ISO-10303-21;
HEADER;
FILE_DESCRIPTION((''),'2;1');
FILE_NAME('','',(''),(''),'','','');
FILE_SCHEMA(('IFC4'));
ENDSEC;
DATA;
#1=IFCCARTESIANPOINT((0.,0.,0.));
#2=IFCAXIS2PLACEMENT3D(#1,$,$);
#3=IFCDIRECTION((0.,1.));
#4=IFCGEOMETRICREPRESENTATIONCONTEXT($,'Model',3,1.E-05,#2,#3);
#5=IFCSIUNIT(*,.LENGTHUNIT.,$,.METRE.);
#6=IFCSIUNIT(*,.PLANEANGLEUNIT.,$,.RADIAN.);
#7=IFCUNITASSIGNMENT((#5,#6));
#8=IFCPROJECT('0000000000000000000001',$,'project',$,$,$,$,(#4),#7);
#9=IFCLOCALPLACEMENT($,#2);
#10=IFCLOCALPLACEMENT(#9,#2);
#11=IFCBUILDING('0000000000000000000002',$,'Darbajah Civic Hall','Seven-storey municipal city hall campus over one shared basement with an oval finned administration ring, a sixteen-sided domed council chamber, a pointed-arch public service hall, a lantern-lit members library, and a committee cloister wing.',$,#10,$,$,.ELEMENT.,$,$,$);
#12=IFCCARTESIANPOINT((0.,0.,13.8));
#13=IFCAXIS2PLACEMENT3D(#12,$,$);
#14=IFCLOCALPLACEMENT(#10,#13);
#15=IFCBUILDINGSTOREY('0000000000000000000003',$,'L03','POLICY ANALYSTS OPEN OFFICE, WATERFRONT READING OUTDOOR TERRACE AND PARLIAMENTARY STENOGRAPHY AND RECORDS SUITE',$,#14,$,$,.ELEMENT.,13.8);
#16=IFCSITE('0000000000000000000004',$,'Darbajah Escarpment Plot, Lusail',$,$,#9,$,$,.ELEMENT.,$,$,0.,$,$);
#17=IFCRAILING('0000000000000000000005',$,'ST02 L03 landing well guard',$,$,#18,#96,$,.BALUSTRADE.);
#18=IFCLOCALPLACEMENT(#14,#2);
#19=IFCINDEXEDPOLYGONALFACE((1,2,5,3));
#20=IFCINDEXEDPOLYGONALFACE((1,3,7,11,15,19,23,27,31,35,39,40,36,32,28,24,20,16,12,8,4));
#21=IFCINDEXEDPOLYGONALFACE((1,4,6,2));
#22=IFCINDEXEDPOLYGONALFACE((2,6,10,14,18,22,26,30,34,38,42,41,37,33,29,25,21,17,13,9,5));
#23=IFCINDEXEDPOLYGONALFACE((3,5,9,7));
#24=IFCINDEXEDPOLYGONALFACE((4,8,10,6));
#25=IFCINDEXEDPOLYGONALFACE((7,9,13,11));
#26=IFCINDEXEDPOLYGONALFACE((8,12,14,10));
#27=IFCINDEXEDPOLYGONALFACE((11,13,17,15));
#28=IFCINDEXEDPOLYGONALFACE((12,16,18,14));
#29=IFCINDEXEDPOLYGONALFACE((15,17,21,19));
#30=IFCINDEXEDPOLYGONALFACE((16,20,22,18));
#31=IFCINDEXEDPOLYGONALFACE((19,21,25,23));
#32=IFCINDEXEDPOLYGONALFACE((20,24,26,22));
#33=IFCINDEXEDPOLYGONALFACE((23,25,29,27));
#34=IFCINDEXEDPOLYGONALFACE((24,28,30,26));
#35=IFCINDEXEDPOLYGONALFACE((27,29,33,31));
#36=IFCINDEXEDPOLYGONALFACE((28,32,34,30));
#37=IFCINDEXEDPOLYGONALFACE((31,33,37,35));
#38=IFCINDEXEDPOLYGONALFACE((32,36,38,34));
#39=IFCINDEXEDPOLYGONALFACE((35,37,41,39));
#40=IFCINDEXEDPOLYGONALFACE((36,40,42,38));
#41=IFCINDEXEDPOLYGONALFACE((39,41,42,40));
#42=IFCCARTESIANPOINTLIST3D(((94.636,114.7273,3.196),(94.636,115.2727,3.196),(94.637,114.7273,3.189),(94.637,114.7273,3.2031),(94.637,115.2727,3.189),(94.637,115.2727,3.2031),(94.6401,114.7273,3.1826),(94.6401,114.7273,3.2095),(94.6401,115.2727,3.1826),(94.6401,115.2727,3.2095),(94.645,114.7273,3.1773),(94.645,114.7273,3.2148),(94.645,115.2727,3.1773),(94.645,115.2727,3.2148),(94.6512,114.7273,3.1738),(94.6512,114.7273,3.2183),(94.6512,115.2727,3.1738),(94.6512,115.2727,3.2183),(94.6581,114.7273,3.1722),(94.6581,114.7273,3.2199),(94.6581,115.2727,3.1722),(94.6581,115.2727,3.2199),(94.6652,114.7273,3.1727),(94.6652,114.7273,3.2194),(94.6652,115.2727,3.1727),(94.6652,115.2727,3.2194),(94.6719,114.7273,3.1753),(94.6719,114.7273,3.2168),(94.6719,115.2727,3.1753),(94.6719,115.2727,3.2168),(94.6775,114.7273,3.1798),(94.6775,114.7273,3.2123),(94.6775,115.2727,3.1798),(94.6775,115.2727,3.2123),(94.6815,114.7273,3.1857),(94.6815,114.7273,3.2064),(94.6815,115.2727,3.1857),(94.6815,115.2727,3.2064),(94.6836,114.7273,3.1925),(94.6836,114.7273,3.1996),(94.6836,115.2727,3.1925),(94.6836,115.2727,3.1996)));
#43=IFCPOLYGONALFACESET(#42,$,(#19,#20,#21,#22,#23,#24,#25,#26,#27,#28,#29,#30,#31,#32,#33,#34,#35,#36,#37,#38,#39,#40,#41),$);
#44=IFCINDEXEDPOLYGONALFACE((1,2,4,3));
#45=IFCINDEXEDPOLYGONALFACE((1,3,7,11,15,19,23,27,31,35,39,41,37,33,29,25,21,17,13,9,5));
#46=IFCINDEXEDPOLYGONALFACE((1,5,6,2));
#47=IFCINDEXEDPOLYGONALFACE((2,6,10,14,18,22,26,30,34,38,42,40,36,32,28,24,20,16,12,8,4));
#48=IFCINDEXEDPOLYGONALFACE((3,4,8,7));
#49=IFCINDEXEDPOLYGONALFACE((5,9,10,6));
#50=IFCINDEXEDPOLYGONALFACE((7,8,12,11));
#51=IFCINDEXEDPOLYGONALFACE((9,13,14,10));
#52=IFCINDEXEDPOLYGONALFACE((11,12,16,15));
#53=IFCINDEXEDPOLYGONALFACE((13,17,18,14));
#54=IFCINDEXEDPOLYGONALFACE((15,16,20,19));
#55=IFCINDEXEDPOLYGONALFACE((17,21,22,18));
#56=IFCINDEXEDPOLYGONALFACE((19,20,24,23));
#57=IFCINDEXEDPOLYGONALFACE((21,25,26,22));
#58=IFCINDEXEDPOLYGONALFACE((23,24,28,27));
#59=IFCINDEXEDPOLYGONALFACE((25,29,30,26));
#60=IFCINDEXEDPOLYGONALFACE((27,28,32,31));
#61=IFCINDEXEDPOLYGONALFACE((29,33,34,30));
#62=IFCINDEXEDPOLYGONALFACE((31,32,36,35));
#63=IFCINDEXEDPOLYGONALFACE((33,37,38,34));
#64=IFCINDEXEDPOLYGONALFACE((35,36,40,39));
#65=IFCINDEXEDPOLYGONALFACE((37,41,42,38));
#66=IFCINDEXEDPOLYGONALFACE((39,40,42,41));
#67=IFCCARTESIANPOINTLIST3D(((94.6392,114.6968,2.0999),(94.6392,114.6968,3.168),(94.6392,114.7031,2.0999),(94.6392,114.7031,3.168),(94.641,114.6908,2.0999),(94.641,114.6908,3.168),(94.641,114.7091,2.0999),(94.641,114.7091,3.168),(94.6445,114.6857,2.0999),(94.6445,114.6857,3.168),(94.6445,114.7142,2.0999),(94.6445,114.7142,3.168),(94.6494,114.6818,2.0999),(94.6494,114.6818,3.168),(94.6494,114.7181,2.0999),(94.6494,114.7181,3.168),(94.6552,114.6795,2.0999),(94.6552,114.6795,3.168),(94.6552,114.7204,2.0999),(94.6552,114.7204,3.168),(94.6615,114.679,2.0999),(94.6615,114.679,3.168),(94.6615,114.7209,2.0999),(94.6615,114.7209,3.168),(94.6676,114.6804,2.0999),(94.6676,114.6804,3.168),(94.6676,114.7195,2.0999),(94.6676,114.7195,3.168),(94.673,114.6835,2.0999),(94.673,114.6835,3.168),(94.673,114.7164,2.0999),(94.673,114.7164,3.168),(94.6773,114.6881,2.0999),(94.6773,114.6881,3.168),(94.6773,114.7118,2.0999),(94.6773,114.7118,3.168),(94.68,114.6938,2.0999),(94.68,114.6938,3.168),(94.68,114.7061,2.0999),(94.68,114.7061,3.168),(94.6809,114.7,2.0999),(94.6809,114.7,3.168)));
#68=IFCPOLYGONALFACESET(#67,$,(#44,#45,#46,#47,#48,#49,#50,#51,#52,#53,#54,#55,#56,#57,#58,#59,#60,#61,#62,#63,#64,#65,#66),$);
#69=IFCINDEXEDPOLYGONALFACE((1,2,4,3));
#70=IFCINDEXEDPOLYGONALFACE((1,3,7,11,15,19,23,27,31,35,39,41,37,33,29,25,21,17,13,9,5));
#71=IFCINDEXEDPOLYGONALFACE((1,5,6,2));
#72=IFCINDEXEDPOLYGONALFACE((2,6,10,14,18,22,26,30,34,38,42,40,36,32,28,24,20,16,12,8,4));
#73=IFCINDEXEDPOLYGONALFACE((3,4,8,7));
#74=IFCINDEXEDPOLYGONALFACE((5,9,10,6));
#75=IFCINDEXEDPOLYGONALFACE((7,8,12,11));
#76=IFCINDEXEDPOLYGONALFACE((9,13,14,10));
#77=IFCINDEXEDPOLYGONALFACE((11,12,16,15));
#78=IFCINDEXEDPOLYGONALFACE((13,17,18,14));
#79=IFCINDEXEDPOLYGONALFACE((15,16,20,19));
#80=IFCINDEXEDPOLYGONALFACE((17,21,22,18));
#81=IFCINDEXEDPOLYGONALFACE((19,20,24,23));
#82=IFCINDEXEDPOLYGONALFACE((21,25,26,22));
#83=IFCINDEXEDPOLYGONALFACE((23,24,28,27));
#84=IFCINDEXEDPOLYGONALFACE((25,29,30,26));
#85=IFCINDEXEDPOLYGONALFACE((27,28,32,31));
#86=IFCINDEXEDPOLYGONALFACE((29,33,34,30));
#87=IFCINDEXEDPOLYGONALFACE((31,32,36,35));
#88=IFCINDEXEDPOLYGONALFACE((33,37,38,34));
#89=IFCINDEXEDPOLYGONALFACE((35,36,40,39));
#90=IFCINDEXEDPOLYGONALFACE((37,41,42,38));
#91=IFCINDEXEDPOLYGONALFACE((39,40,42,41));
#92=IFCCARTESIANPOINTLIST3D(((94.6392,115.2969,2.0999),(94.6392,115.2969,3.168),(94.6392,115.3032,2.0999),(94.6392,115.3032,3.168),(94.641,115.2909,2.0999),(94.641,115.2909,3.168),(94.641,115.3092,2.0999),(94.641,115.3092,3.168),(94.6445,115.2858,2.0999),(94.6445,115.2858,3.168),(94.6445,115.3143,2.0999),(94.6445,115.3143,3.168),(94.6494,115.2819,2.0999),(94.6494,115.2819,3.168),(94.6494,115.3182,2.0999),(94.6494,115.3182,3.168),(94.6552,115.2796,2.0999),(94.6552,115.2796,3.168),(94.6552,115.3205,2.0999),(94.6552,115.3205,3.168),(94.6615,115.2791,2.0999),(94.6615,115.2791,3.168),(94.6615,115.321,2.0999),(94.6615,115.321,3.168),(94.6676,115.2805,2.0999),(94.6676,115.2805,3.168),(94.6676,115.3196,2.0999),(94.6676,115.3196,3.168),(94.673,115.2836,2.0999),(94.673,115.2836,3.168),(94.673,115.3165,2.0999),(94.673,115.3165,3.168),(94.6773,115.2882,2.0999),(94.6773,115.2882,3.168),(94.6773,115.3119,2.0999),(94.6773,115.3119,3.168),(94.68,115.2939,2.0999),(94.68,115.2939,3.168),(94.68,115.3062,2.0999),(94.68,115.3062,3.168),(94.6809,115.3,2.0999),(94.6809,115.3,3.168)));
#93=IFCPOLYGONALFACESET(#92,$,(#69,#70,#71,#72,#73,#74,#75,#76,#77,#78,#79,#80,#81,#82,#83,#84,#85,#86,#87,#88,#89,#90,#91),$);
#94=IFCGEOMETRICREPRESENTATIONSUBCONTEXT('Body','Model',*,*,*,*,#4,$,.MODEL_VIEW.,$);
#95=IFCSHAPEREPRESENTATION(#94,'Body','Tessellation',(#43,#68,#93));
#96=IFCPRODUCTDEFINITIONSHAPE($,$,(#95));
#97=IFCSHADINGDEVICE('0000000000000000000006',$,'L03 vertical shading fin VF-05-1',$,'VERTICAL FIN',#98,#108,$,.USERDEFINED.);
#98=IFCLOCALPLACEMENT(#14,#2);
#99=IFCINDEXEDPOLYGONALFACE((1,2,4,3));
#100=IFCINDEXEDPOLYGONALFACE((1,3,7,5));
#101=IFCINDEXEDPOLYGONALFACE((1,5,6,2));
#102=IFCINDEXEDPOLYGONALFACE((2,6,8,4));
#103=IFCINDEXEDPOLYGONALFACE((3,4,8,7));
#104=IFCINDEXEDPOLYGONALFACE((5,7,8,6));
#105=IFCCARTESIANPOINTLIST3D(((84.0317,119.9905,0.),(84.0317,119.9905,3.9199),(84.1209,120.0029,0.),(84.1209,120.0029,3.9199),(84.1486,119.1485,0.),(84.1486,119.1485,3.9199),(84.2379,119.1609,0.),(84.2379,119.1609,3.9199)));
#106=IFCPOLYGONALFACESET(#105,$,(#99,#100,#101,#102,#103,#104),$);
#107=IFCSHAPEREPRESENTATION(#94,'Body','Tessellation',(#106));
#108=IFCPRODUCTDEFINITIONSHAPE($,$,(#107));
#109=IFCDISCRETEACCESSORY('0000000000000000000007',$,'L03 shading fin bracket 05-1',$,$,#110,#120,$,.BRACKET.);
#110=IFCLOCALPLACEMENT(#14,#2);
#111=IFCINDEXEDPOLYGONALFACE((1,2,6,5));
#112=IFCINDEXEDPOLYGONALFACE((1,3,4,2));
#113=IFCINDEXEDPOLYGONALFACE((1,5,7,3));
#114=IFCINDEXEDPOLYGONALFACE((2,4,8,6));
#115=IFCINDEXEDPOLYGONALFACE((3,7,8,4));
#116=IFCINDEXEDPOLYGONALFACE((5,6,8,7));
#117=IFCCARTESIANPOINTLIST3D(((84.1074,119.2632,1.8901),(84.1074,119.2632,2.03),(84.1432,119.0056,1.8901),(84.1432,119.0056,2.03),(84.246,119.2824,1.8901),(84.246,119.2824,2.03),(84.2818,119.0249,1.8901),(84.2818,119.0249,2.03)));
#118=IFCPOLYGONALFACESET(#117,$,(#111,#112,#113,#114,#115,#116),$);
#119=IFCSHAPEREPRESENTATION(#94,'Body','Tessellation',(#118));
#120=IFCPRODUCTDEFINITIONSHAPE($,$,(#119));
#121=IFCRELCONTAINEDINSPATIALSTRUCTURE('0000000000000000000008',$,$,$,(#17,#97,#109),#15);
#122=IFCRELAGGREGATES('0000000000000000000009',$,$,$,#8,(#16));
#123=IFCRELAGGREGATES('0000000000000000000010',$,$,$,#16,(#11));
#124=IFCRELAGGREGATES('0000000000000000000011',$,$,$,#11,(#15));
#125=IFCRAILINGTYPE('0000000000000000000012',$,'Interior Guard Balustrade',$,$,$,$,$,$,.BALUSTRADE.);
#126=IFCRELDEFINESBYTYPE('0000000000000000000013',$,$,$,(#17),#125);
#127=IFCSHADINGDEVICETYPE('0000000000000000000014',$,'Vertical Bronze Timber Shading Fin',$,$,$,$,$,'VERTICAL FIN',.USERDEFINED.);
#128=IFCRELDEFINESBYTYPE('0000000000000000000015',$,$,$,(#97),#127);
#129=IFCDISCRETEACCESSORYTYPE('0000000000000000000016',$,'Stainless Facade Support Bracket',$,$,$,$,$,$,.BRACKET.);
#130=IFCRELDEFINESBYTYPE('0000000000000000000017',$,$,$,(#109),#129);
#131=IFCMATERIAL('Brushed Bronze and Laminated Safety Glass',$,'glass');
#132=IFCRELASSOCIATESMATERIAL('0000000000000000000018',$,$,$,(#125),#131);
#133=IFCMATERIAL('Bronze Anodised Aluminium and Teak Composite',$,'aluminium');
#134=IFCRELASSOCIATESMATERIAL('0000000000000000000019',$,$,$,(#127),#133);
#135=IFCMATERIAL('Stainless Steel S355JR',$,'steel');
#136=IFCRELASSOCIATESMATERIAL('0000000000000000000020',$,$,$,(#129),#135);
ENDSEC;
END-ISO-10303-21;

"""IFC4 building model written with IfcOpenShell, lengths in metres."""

from ifc_helpers import new_model, si_unit, direction, frame, origin, origin_2d, place, context, subcontext, project, spatial, rectangle, circle, extrude, material, type_object, element, save


model = new_model("IFC4")

# Units and contexts
model_context = context("Model", 3, precision=1e-05, world=origin(), true_north=direction((0.0, 1.0)))
body_context = subcontext(model_context, "Body", "Model", "MODEL_VIEW")
ifc_project = project(units=[si_unit("LENGTHUNIT", "METRE"), si_unit("PLANEANGLEUNIT", "RADIAN")], contexts=[model_context])

# Site, building, storey
site_placement = place(None, origin())
site = spatial("IfcSite", under=ifc_project, at=site_placement, Name="Darbajah Escarpment Plot, Lusail", CompositionType="ELEMENT", RefElevation=0.0)
building_placement = place(site_placement, origin())
building = spatial("IfcBuilding", under=site, at=building_placement, Name="Darbajah Civic Hall", Description="Seven-storey municipal city hall campus over one shared basement with an oval finned administration ring, a sixteen-sided domed council chamber, a pointed-arch public service hall, a lantern-lit members library, and a committee cloister wing.", CompositionType="ELEMENT")
storey_placement = place(building_placement, frame((0.0, 0.0, 13.8)))
storey = spatial("IfcBuildingStorey", under=building, at=storey_placement, Name="L03", Description="POLICY ANALYSTS OPEN OFFICE, WATERFRONT READING OUTDOOR TERRACE AND PARLIAMENTARY STENOGRAPHY AND RECORDS SUITE", CompositionType="ELEMENT", Elevation=13.8)

# Railing
ifc_material_1 = material(Name="Brushed Bronze and Laminated Safety Glass", Category="glass")
railing_type_1 = type_object("IfcRailingType", Name="Interior Guard Balustrade", PredefinedType="BALUSTRADE", material=ifc_material_1)
railing_1_placement = place(storey_placement, frame((94.6599, 114.7, 2.0999)))
element("IfcRailing", 1, at=railing_1_placement, inside=storey, type_object=railing_type_1, Name="ST02 L03 landing well guard", PredefinedType="BALUSTRADE", context=body_context, shape_type="SweptSolid", body=[
    extrude(circle(Radius=0.0239, at=origin_2d()), frame((0.0, 0.0273, 1.0962), z_axis=(0.0, 1.0, 0.0), x_axis=(-1.0, 0.0, 0.0)), (0.0, 0.0, 1.0), 0.5454),
    extrude(circle(Radius=0.021, at=origin_2d()), origin(), (0.0, 0.0, 1.0), 1.0681),
    extrude(circle(Radius=0.021, at=origin_2d()), frame((0.0, 0.6001, 0.0)), (0.0, 0.0, 1.0), 1.0681),
])

# Shading device
ifc_material_2 = material(Name="Bronze Anodised Aluminium and Teak Composite", Category="aluminium")
shading_device_type = type_object("IfcShadingDeviceType", Name="Vertical Bronze Timber Shading Fin", ElementType="VERTICAL FIN", PredefinedType="USERDEFINED", material=ifc_material_2)
shading_device_placement = place(storey_placement, frame((84.1348, 119.5757, 0.0), z_axis=(0.0, 0.0, 1.0), x_axis=(-0.137617, 0.990485, 0.0)))
element("IfcShadingDevice", 2, at=shading_device_placement, inside=storey, type_object=shading_device_type, Name="L03 vertical shading fin VF-05-1", ObjectType="VERTICAL FIN", PredefinedType="USERDEFINED", context=body_context, shape_type="SweptSolid", body=[
    extrude(rectangle(XDim=0.8501, YDim=0.0901, at=origin_2d()), origin(), (0.0, 0.0, 1.0), 3.9199),
])

# Discrete accessory
ifc_material_3 = material(Name="Stainless Steel S355JR", Category="steel")
discrete_accessory_type = type_object("IfcDiscreteAccessoryType", Name="Stainless Facade Support Bracket", PredefinedType="BRACKET", material=ifc_material_3)
discrete_accessory_placement = place(storey_placement, frame((84.1946, 119.144, 1.8901), z_axis=(0.0, 0.0, 1.0), x_axis=(-0.137617, 0.990485, 0.0)))
element("IfcDiscreteAccessory", 3, at=discrete_accessory_placement, inside=storey, type_object=discrete_accessory_type, Name="L03 shading fin bracket 05-1", PredefinedType="BRACKET", context=body_context, shape_type="SweptSolid", body=[
    extrude(rectangle(XDim=0.26, YDim=0.1399, at=origin_2d()), origin(), (0.0, 0.0, 1.0), 0.1399),
])

save(model, "model.ifc")
